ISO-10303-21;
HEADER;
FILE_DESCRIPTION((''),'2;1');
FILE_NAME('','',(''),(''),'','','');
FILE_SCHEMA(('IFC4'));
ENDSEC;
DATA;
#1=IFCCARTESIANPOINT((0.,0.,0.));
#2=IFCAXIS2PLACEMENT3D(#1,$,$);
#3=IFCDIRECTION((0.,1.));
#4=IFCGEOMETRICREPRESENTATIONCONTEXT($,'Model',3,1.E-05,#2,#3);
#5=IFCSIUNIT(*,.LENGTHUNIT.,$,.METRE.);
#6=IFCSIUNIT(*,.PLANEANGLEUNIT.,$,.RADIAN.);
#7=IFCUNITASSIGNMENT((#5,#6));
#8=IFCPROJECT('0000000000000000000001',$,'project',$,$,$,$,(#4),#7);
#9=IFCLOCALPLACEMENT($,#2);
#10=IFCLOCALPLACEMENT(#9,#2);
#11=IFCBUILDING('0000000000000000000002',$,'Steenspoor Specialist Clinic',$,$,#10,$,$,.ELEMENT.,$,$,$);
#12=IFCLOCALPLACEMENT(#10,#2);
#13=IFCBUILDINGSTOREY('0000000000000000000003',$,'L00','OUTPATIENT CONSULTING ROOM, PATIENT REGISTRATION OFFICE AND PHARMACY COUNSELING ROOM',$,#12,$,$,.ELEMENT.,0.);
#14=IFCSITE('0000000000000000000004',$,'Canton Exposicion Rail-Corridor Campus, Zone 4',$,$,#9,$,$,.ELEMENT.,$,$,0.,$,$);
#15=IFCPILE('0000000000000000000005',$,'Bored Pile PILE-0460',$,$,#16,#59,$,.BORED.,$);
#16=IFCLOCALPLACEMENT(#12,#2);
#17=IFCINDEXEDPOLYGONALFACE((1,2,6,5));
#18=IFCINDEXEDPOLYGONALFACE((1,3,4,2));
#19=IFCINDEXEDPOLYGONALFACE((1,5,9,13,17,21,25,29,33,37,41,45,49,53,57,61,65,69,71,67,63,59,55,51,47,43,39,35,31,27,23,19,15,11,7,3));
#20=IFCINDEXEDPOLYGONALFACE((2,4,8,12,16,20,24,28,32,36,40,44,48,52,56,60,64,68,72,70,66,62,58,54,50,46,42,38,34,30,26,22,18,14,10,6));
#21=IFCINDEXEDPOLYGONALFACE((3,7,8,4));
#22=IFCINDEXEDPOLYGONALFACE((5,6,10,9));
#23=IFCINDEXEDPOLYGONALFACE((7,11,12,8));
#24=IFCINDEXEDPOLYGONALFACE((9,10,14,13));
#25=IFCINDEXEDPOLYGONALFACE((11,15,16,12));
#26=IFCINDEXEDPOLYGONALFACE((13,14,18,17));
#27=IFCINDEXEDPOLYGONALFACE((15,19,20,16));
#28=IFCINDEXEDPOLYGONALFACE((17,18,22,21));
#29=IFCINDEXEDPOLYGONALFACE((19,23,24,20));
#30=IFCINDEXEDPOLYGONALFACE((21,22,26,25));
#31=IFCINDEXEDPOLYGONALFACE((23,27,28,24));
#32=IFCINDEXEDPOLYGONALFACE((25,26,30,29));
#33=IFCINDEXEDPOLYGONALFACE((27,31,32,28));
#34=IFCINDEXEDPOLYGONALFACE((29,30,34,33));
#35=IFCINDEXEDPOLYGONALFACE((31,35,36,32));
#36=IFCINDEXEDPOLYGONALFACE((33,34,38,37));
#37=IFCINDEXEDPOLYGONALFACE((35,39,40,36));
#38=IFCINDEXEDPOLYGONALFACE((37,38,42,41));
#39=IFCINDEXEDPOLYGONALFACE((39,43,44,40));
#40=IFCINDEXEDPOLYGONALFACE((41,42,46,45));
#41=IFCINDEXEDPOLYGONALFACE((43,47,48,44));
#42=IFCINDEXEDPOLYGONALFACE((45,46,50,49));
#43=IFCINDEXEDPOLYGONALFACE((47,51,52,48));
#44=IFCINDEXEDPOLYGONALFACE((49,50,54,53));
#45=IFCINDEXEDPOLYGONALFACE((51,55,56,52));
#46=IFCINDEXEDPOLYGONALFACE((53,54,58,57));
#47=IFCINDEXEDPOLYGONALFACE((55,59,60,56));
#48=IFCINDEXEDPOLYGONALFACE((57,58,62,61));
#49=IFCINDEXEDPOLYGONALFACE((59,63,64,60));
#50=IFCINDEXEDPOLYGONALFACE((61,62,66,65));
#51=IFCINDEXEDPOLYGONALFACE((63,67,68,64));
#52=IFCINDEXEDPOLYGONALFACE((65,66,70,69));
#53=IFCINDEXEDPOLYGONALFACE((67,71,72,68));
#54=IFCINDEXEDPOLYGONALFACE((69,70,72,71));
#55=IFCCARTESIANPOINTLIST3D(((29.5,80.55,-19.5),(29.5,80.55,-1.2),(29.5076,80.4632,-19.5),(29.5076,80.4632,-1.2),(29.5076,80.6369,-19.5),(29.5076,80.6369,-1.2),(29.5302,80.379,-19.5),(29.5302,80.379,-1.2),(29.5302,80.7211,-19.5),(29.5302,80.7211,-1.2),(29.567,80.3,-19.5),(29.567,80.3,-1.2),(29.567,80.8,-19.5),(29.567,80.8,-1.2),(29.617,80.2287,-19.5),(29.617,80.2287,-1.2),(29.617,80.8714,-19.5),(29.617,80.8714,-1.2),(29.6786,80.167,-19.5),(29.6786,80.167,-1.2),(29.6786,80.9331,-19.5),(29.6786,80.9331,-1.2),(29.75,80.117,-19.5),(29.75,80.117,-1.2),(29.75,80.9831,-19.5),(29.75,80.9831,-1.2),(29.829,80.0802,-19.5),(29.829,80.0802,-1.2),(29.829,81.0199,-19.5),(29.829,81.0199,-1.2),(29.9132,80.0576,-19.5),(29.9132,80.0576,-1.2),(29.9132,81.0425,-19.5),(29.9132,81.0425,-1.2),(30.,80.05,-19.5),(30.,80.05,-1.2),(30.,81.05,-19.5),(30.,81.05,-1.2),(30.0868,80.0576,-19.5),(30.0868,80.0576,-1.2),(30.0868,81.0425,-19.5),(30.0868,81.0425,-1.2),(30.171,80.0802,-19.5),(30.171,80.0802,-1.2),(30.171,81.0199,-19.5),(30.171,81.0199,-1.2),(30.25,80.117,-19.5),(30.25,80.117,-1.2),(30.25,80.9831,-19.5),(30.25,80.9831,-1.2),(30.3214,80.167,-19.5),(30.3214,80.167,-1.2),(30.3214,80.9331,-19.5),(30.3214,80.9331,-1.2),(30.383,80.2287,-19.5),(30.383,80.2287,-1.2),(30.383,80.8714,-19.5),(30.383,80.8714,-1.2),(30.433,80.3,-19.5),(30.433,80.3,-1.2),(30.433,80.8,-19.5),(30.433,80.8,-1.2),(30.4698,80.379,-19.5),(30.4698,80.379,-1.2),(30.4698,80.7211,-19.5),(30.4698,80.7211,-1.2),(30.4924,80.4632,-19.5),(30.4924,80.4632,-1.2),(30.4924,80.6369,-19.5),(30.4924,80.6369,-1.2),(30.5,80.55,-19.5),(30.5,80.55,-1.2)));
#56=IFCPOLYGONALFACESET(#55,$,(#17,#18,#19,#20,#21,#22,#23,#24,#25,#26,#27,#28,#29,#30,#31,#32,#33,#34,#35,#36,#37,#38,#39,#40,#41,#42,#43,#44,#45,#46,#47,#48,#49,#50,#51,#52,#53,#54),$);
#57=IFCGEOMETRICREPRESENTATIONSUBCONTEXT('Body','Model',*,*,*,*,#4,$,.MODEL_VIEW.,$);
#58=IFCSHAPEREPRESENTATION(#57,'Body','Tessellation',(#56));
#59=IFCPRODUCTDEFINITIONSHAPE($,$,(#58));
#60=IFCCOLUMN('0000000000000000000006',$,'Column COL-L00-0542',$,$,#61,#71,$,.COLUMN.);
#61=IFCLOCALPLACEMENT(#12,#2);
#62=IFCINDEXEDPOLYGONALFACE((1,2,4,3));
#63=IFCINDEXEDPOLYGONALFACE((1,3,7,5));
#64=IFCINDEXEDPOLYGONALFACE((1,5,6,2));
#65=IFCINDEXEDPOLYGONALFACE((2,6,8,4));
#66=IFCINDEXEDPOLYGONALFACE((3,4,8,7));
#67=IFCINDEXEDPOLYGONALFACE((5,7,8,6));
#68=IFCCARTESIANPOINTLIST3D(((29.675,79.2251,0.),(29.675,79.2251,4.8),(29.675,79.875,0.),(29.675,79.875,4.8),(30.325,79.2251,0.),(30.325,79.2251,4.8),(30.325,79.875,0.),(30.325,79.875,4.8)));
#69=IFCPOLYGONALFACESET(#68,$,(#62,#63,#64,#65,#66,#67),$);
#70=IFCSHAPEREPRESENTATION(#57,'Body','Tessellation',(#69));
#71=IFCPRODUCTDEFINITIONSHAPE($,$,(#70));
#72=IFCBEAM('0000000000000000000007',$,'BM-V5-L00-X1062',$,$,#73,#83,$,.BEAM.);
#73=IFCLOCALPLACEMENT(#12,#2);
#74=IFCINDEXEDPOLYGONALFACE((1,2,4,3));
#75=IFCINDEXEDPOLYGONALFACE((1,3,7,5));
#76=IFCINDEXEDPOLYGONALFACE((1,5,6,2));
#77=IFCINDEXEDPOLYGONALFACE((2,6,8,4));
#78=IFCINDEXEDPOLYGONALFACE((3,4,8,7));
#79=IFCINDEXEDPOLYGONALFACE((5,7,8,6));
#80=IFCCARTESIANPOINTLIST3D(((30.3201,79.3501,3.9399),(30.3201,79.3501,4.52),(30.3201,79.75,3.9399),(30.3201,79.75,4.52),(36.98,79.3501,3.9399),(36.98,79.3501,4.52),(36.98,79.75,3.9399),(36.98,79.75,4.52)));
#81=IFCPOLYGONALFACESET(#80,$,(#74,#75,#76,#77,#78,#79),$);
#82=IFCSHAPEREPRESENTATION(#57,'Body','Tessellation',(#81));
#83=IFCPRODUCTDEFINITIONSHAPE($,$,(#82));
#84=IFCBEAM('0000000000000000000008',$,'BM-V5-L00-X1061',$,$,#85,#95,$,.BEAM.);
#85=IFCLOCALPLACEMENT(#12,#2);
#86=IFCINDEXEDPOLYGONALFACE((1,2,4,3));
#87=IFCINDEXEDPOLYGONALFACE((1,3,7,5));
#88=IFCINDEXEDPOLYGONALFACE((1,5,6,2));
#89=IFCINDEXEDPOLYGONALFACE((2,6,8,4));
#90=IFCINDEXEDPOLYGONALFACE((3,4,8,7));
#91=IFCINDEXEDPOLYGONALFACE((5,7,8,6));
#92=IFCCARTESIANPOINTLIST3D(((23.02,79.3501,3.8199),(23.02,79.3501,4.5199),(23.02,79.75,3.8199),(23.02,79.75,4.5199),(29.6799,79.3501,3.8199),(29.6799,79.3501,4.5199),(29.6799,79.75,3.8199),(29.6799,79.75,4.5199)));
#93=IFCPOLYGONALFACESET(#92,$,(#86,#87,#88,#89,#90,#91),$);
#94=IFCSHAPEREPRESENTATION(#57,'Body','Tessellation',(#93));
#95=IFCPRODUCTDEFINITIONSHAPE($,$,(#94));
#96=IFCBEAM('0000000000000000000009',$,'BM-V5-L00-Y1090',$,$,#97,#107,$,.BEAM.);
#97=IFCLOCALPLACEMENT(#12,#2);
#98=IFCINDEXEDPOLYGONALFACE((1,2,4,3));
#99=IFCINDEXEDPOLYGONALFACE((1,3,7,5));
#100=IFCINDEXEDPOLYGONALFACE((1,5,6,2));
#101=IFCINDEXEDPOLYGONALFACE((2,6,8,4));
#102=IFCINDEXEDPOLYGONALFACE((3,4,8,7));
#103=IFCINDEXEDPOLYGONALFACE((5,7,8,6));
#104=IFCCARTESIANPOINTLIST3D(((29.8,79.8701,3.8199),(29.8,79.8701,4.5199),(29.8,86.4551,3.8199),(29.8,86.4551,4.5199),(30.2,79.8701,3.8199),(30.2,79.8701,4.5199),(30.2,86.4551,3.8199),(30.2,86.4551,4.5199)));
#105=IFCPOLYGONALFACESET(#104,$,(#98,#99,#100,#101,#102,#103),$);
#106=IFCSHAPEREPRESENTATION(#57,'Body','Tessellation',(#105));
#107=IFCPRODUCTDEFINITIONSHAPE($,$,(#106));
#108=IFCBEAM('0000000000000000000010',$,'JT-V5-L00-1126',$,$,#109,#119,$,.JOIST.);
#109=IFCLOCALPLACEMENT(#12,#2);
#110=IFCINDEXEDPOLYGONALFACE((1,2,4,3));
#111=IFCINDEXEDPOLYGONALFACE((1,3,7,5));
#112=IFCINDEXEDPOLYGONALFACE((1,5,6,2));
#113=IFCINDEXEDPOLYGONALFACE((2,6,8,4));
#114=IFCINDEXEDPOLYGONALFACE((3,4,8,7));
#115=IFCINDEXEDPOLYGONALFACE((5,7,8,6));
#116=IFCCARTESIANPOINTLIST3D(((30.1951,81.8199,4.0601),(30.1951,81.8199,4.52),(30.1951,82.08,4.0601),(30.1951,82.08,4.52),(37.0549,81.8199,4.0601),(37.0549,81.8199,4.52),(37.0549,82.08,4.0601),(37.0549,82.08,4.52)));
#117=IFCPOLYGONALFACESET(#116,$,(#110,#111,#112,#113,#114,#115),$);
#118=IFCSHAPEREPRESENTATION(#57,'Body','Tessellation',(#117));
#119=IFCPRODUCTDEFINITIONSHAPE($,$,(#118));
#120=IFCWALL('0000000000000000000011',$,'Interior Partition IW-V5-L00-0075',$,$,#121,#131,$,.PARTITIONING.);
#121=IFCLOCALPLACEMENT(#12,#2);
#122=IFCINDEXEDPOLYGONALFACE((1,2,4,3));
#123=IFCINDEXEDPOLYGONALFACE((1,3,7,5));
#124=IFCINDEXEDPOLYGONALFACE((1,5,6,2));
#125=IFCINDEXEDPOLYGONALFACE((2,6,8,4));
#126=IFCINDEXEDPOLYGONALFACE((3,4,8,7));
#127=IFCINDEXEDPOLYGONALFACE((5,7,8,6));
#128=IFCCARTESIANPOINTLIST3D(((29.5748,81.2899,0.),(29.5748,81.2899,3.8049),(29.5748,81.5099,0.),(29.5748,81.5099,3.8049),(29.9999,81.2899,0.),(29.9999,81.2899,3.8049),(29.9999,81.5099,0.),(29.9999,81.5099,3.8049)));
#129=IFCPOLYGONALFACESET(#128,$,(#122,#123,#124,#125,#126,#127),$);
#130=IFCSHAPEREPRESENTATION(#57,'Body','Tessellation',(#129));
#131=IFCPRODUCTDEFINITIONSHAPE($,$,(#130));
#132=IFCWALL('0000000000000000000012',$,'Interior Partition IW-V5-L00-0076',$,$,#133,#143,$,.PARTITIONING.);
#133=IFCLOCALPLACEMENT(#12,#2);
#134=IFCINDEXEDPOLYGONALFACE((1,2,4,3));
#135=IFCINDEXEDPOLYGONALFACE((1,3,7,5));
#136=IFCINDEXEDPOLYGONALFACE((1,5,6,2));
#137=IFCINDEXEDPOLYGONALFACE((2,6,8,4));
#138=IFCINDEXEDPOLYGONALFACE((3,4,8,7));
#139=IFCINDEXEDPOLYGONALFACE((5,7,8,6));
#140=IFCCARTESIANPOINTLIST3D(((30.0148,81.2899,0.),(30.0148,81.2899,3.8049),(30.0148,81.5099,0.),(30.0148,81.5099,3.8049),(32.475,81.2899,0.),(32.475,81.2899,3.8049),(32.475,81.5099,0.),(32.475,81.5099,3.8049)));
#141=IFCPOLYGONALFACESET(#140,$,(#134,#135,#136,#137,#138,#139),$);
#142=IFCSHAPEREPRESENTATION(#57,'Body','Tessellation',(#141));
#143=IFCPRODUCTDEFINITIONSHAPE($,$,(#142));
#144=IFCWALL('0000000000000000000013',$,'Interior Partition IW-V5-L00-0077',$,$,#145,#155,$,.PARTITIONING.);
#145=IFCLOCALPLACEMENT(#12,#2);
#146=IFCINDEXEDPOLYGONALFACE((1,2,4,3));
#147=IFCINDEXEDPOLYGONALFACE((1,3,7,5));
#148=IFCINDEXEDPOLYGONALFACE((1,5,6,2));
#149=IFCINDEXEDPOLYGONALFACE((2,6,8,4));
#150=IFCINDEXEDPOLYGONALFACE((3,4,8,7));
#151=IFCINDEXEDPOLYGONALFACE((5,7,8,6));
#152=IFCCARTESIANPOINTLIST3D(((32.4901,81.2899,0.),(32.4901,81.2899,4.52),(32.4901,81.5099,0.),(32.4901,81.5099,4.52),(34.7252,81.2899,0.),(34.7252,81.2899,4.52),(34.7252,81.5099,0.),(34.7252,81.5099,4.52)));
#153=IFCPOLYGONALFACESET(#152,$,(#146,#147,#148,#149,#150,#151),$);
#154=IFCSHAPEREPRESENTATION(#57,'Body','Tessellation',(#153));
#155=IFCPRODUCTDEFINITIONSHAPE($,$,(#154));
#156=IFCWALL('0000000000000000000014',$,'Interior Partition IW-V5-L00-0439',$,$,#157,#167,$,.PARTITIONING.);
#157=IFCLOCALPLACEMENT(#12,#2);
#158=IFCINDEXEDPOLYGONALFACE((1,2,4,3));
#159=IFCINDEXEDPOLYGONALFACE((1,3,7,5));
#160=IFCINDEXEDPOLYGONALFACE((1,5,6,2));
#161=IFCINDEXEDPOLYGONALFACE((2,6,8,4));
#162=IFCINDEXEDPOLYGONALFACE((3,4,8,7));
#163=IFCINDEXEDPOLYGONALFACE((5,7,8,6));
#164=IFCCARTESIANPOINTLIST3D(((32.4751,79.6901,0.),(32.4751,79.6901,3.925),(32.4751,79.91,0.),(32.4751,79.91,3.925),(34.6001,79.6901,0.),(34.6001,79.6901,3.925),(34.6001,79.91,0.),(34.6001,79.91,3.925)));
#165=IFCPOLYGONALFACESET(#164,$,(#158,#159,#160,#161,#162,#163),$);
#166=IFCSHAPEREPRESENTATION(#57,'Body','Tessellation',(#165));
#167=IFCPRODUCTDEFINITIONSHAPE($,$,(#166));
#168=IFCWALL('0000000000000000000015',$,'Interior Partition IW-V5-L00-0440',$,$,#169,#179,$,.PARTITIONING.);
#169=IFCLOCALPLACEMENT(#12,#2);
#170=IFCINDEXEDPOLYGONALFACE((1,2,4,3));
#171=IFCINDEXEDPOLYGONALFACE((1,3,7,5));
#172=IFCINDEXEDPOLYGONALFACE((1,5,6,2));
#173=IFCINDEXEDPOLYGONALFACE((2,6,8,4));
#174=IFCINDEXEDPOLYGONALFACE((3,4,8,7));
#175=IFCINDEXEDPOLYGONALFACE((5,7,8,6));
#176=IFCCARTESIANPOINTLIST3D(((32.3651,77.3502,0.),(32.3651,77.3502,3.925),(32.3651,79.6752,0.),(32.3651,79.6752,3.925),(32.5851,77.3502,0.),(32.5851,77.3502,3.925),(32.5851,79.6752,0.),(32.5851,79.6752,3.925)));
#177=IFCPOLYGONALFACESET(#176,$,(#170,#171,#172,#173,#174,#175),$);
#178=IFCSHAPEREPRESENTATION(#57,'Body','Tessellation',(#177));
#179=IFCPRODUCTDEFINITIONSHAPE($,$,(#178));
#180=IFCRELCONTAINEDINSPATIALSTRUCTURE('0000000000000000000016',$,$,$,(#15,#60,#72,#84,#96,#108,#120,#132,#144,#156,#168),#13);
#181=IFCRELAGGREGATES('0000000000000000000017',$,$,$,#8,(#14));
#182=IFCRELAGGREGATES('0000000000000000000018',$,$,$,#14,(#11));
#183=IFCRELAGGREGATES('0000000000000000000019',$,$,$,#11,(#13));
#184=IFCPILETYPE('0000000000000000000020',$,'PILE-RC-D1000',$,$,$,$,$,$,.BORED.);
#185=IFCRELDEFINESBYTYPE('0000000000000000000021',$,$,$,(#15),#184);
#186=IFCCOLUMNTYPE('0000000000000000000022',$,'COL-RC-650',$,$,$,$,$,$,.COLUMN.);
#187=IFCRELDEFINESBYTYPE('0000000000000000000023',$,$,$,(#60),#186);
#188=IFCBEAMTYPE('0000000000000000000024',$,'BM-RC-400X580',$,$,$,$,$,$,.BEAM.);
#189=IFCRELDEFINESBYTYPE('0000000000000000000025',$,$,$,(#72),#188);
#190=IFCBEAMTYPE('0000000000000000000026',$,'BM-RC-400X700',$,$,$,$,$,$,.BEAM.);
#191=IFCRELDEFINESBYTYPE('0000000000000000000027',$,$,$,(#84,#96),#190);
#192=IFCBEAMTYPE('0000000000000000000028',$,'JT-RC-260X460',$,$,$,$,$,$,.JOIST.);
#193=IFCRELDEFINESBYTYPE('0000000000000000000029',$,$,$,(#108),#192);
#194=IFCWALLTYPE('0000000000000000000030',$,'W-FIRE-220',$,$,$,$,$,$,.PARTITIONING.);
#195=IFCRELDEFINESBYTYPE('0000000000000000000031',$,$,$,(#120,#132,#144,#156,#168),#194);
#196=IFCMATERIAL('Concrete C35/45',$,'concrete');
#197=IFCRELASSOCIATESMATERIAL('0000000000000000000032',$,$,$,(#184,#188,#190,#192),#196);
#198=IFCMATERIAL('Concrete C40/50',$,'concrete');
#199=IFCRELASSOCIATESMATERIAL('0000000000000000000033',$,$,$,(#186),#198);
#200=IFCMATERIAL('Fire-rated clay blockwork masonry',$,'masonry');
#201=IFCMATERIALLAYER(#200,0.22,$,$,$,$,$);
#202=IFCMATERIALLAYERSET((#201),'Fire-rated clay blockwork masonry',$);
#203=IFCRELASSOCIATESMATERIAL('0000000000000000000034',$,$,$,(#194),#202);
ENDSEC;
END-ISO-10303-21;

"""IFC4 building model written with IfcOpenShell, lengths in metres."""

from ifc_helpers import new_model, si_unit, direction, frame, frame_2d, origin, origin_2d, place, context, subcontext, project, spatial, rectangle, circle, extrude, material, layer, layer_set, material_profile, profile_set, type_object, element, save


model = new_model("IFC4")

# Units and contexts
model_context = context("Model", 3, precision=1e-05, world=origin(), true_north=direction((0.0, 1.0)))
body_context = subcontext(model_context, "Body", "Model", "MODEL_VIEW")
ifc_project = project(units=[si_unit("LENGTHUNIT", "METRE"), si_unit("PLANEANGLEUNIT", "RADIAN")], contexts=[model_context])

# Site, building, storey
site_placement = place(None, origin())
site = spatial("IfcSite", under=ifc_project, at=site_placement, Name="Canton Exposicion Rail-Corridor Campus, Zone 4", CompositionType="ELEMENT", RefElevation=0.0)
building_placement = place(site_placement, origin())
building = spatial("IfcBuilding", under=site, at=building_placement, Name="Steenspoor Specialist Clinic", CompositionType="ELEMENT")
storey_placement = place(building_placement, origin())
storey = spatial("IfcBuildingStorey", under=building, at=storey_placement, Name="L00", Description="OUTPATIENT CONSULTING ROOM, PATIENT REGISTRATION OFFICE AND PHARMACY COUNSELING ROOM", CompositionType="ELEMENT", Elevation=0.0)

# Shared definitions
ifc_material_1 = material(Name="Concrete C35/45", Category="concrete")

# Pile
ifc_material_profile_1 = material_profile(ifc_material_1, circle(Radius=0.5, at=origin_2d()), Name="PILE-D1000")
ifc_profile_set_1 = profile_set([ifc_material_profile_1], Name="Concrete C35/45")
pile_type = type_object("IfcPileType", Name="PILE-RC-D1000", PredefinedType="BORED", material=ifc_profile_set_1)
for number, where, z_axis, x_axis, name in (
    (1, (30.0, 80.55, -1.2), (0.0, 0.0, -1.0), (1.0, 0.0, 0.0), "Bored Pile PILE-0460"),
):
    element("IfcPile", number, at=place(storey_placement, frame(where, z_axis=z_axis, x_axis=x_axis)), inside=storey, type_object=pile_type, Name=name, PredefinedType="BORED", context=body_context, shape_type="SweptSolid", body=[
        extrude(circle(Radius=0.5, at=origin_2d()), origin(), (0.0, 0.0, 1.0), 18.3),
    ])

# Column
ifc_material_2 = material(Name="Concrete C40/50", Category="concrete")
ifc_material_profile_2 = material_profile(ifc_material_2, rectangle(XDim=0.6499, YDim=0.6499, at=origin_2d()), Name="RC-COL-650X650")
ifc_profile_set_2 = profile_set([ifc_material_profile_2], Name="Concrete C40/50")
column_type = type_object("IfcColumnType", Name="COL-RC-650", PredefinedType="COLUMN", material=ifc_profile_set_2)
column_placement = place(storey_placement, frame((30.0, 79.55, 0.0), z_axis=(0.0, 0.0, 1.0), x_axis=(1.0, 0.0, 0.0)))
element("IfcColumn", 2, at=column_placement, inside=storey, type_object=column_type, Name="Column COL-L00-0542", PredefinedType="COLUMN", context=body_context, shape_type="SweptSolid", body=[
    extrude(rectangle(XDim=0.6499, YDim=0.6499, at=origin_2d()), origin(), (0.0, 0.0, 1.0), 4.8),
])

# Beams
ifc_material_profile_3 = material_profile(ifc_material_1, rectangle(XDim=0.3999, YDim=0.5801, at=origin_2d()), Name="RC-BM-400X580")
ifc_profile_set_3 = profile_set([ifc_material_profile_3], Name="Concrete C35/45")
beam_type_1 = type_object("IfcBeamType", Name="BM-RC-400X580", PredefinedType="BEAM", material=ifc_profile_set_3)
beam_1_placement = place(storey_placement, frame((30.3201, 79.55, 4.23), z_axis=(1.0, 0.0, 0.0), x_axis=(0.0, 1.0, 0.0)))
element("IfcBeam", 3, at=beam_1_placement, inside=storey, type_object=beam_type_1, Name="BM-V5-L00-X1062", PredefinedType="BEAM", context=body_context, shape_type="SweptSolid", body=[
    extrude(rectangle(XDim=0.3999, YDim=0.5801, at=origin_2d()), origin(), (0.0, 0.0, 1.0), 6.6599),
])
ifc_material_profile_4 = material_profile(ifc_material_1, rectangle(XDim=0.3999, YDim=0.7, at=origin_2d()), Name="RC-BM-400X700")
ifc_profile_set_4 = profile_set([ifc_material_profile_4], Name="Concrete C35/45")
beam_type_2 = type_object("IfcBeamType", Name="BM-RC-400X700", PredefinedType="BEAM", material=ifc_profile_set_4)
beam_2_placement = place(storey_placement, frame((23.02, 79.55, 4.1699), z_axis=(1.0, 0.0, 0.0), x_axis=(0.0, 1.0, 0.0)))
element("IfcBeam", 4, at=beam_2_placement, inside=storey, type_object=beam_type_2, Name="BM-V5-L00-X1061", PredefinedType="BEAM", context=body_context, shape_type="SweptSolid", body=[
    extrude(rectangle(XDim=0.3999, YDim=0.7, at=origin_2d()), origin(), (0.0, 0.0, 1.0), 6.6599),
])
beam_3_placement = place(storey_placement, frame((30.0, 79.8701, 4.1699), z_axis=(0.0, 1.0, 0.0), x_axis=(-1.0, 0.0, 0.0)))
element("IfcBeam", 5, at=beam_3_placement, inside=storey, type_object=beam_type_2, Name="BM-V5-L00-Y1090", PredefinedType="BEAM", context=body_context, shape_type="SweptSolid", body=[
    extrude(rectangle(XDim=0.3999, YDim=0.7, at=origin_2d()), origin(), (0.0, 0.0, 1.0), 6.585),
])
ifc_material_profile_5 = material_profile(ifc_material_1, rectangle(XDim=0.26, YDim=0.46, at=origin_2d()), Name="RC-JT-260X460")
ifc_profile_set_5 = profile_set([ifc_material_profile_5], Name="Concrete C35/45")
beam_type_3 = type_object("IfcBeamType", Name="JT-RC-260X460", PredefinedType="JOIST", material=ifc_profile_set_5)
beam_4_placement = place(storey_placement, frame((30.1951, 81.95, 4.29), z_axis=(1.0, 0.0, 0.0), x_axis=(0.0, 1.0, 0.0)))
element("IfcBeam", 6, at=beam_4_placement, inside=storey, type_object=beam_type_3, Name="JT-V5-L00-1126", PredefinedType="JOIST", context=body_context, shape_type="SweptSolid", body=[
    extrude(rectangle(XDim=0.26, YDim=0.46, at=origin_2d()), origin(), (0.0, 0.0, 1.0), 6.8599),
])

# Walls
ifc_material_3 = material(Name="Fire-rated clay blockwork masonry", Category="masonry")
ifc_layer_1 = layer(ifc_material_3, 0.22)
ifc_layer_set_1 = layer_set([ifc_layer_1], Name="Fire-rated clay blockwork masonry")
wall_type_1 = type_object("IfcWallType", Name="W-FIRE-220", PredefinedType="PARTITIONING", material=ifc_layer_set_1)
wall_1_placement = place(storey_placement, frame((29.575, 81.3999, 0.0), z_axis=(0.0, 0.0, 1.0), x_axis=(1.0, 0.0, 0.0)))
element("IfcWall", 7, at=wall_1_placement, inside=storey, type_object=wall_type_1, Name="Interior Partition IW-V5-L00-0075", PredefinedType="PARTITIONING", context=body_context, shape_type="SweptSolid", body=[
    extrude(rectangle(XDim=0.425, YDim=0.22, at=frame_2d((0.2124, 0.0))), origin(), (0.0, 0.0, 1.0), 3.8049),
])
wall_2_placement = place(storey_placement, frame((30.0149, 81.3999, 0.0), z_axis=(0.0, 0.0, 1.0), x_axis=(1.0, 0.0, 0.0)))
element("IfcWall", 8, at=wall_2_placement, inside=storey, type_object=wall_type_1, Name="Interior Partition IW-V5-L00-0076", PredefinedType="PARTITIONING", context=body_context, shape_type="SweptSolid", body=[
    extrude(rectangle(XDim=2.4602, YDim=0.22, at=frame_2d((1.23, 0.0))), origin(), (0.0, 0.0, 1.0), 3.8049),
])
wall_3_placement = place(storey_placement, frame((32.49, 81.3999, 0.0), z_axis=(0.0, 0.0, 1.0), x_axis=(1.0, 0.0, 0.0)))
element("IfcWall", 9, at=wall_3_placement, inside=storey, type_object=wall_type_1, Name="Interior Partition IW-V5-L00-0077", PredefinedType="PARTITIONING", context=body_context, shape_type="SweptSolid", body=[
    extrude(rectangle(XDim=2.2351, YDim=0.22, at=frame_2d((1.1177, 0.0))), origin(), (0.0, 0.0, 1.0), 4.52),
])
wall_4_placement = place(storey_placement, frame((32.4751, 79.8, 0.0), z_axis=(0.0, 0.0, 1.0), x_axis=(1.0, 0.0, 0.0)))
element("IfcWall", 10, at=wall_4_placement, inside=storey, type_object=wall_type_1, Name="Interior Partition IW-V5-L00-0439", PredefinedType="PARTITIONING", context=body_context, shape_type="SweptSolid", body=[
    extrude(rectangle(XDim=2.125, YDim=0.22, at=frame_2d((1.0625, 0.0))), origin(), (0.0, 0.0, 1.0), 3.925),
])
wall_5_placement = place(storey_placement, frame((32.4751, 77.3501, 0.0), z_axis=(0.0, 0.0, 1.0), x_axis=(0.0, 1.0, 0.0)))
element("IfcWall", 11, at=wall_5_placement, inside=storey, type_object=wall_type_1, Name="Interior Partition IW-V5-L00-0440", PredefinedType="PARTITIONING", context=body_context, shape_type="SweptSolid", body=[
    extrude(rectangle(XDim=2.325, YDim=0.22, at=frame_2d((1.1626, 0.0))), origin(), (0.0, 0.0, 1.0), 3.925),
])

save(model, "model.ifc")
